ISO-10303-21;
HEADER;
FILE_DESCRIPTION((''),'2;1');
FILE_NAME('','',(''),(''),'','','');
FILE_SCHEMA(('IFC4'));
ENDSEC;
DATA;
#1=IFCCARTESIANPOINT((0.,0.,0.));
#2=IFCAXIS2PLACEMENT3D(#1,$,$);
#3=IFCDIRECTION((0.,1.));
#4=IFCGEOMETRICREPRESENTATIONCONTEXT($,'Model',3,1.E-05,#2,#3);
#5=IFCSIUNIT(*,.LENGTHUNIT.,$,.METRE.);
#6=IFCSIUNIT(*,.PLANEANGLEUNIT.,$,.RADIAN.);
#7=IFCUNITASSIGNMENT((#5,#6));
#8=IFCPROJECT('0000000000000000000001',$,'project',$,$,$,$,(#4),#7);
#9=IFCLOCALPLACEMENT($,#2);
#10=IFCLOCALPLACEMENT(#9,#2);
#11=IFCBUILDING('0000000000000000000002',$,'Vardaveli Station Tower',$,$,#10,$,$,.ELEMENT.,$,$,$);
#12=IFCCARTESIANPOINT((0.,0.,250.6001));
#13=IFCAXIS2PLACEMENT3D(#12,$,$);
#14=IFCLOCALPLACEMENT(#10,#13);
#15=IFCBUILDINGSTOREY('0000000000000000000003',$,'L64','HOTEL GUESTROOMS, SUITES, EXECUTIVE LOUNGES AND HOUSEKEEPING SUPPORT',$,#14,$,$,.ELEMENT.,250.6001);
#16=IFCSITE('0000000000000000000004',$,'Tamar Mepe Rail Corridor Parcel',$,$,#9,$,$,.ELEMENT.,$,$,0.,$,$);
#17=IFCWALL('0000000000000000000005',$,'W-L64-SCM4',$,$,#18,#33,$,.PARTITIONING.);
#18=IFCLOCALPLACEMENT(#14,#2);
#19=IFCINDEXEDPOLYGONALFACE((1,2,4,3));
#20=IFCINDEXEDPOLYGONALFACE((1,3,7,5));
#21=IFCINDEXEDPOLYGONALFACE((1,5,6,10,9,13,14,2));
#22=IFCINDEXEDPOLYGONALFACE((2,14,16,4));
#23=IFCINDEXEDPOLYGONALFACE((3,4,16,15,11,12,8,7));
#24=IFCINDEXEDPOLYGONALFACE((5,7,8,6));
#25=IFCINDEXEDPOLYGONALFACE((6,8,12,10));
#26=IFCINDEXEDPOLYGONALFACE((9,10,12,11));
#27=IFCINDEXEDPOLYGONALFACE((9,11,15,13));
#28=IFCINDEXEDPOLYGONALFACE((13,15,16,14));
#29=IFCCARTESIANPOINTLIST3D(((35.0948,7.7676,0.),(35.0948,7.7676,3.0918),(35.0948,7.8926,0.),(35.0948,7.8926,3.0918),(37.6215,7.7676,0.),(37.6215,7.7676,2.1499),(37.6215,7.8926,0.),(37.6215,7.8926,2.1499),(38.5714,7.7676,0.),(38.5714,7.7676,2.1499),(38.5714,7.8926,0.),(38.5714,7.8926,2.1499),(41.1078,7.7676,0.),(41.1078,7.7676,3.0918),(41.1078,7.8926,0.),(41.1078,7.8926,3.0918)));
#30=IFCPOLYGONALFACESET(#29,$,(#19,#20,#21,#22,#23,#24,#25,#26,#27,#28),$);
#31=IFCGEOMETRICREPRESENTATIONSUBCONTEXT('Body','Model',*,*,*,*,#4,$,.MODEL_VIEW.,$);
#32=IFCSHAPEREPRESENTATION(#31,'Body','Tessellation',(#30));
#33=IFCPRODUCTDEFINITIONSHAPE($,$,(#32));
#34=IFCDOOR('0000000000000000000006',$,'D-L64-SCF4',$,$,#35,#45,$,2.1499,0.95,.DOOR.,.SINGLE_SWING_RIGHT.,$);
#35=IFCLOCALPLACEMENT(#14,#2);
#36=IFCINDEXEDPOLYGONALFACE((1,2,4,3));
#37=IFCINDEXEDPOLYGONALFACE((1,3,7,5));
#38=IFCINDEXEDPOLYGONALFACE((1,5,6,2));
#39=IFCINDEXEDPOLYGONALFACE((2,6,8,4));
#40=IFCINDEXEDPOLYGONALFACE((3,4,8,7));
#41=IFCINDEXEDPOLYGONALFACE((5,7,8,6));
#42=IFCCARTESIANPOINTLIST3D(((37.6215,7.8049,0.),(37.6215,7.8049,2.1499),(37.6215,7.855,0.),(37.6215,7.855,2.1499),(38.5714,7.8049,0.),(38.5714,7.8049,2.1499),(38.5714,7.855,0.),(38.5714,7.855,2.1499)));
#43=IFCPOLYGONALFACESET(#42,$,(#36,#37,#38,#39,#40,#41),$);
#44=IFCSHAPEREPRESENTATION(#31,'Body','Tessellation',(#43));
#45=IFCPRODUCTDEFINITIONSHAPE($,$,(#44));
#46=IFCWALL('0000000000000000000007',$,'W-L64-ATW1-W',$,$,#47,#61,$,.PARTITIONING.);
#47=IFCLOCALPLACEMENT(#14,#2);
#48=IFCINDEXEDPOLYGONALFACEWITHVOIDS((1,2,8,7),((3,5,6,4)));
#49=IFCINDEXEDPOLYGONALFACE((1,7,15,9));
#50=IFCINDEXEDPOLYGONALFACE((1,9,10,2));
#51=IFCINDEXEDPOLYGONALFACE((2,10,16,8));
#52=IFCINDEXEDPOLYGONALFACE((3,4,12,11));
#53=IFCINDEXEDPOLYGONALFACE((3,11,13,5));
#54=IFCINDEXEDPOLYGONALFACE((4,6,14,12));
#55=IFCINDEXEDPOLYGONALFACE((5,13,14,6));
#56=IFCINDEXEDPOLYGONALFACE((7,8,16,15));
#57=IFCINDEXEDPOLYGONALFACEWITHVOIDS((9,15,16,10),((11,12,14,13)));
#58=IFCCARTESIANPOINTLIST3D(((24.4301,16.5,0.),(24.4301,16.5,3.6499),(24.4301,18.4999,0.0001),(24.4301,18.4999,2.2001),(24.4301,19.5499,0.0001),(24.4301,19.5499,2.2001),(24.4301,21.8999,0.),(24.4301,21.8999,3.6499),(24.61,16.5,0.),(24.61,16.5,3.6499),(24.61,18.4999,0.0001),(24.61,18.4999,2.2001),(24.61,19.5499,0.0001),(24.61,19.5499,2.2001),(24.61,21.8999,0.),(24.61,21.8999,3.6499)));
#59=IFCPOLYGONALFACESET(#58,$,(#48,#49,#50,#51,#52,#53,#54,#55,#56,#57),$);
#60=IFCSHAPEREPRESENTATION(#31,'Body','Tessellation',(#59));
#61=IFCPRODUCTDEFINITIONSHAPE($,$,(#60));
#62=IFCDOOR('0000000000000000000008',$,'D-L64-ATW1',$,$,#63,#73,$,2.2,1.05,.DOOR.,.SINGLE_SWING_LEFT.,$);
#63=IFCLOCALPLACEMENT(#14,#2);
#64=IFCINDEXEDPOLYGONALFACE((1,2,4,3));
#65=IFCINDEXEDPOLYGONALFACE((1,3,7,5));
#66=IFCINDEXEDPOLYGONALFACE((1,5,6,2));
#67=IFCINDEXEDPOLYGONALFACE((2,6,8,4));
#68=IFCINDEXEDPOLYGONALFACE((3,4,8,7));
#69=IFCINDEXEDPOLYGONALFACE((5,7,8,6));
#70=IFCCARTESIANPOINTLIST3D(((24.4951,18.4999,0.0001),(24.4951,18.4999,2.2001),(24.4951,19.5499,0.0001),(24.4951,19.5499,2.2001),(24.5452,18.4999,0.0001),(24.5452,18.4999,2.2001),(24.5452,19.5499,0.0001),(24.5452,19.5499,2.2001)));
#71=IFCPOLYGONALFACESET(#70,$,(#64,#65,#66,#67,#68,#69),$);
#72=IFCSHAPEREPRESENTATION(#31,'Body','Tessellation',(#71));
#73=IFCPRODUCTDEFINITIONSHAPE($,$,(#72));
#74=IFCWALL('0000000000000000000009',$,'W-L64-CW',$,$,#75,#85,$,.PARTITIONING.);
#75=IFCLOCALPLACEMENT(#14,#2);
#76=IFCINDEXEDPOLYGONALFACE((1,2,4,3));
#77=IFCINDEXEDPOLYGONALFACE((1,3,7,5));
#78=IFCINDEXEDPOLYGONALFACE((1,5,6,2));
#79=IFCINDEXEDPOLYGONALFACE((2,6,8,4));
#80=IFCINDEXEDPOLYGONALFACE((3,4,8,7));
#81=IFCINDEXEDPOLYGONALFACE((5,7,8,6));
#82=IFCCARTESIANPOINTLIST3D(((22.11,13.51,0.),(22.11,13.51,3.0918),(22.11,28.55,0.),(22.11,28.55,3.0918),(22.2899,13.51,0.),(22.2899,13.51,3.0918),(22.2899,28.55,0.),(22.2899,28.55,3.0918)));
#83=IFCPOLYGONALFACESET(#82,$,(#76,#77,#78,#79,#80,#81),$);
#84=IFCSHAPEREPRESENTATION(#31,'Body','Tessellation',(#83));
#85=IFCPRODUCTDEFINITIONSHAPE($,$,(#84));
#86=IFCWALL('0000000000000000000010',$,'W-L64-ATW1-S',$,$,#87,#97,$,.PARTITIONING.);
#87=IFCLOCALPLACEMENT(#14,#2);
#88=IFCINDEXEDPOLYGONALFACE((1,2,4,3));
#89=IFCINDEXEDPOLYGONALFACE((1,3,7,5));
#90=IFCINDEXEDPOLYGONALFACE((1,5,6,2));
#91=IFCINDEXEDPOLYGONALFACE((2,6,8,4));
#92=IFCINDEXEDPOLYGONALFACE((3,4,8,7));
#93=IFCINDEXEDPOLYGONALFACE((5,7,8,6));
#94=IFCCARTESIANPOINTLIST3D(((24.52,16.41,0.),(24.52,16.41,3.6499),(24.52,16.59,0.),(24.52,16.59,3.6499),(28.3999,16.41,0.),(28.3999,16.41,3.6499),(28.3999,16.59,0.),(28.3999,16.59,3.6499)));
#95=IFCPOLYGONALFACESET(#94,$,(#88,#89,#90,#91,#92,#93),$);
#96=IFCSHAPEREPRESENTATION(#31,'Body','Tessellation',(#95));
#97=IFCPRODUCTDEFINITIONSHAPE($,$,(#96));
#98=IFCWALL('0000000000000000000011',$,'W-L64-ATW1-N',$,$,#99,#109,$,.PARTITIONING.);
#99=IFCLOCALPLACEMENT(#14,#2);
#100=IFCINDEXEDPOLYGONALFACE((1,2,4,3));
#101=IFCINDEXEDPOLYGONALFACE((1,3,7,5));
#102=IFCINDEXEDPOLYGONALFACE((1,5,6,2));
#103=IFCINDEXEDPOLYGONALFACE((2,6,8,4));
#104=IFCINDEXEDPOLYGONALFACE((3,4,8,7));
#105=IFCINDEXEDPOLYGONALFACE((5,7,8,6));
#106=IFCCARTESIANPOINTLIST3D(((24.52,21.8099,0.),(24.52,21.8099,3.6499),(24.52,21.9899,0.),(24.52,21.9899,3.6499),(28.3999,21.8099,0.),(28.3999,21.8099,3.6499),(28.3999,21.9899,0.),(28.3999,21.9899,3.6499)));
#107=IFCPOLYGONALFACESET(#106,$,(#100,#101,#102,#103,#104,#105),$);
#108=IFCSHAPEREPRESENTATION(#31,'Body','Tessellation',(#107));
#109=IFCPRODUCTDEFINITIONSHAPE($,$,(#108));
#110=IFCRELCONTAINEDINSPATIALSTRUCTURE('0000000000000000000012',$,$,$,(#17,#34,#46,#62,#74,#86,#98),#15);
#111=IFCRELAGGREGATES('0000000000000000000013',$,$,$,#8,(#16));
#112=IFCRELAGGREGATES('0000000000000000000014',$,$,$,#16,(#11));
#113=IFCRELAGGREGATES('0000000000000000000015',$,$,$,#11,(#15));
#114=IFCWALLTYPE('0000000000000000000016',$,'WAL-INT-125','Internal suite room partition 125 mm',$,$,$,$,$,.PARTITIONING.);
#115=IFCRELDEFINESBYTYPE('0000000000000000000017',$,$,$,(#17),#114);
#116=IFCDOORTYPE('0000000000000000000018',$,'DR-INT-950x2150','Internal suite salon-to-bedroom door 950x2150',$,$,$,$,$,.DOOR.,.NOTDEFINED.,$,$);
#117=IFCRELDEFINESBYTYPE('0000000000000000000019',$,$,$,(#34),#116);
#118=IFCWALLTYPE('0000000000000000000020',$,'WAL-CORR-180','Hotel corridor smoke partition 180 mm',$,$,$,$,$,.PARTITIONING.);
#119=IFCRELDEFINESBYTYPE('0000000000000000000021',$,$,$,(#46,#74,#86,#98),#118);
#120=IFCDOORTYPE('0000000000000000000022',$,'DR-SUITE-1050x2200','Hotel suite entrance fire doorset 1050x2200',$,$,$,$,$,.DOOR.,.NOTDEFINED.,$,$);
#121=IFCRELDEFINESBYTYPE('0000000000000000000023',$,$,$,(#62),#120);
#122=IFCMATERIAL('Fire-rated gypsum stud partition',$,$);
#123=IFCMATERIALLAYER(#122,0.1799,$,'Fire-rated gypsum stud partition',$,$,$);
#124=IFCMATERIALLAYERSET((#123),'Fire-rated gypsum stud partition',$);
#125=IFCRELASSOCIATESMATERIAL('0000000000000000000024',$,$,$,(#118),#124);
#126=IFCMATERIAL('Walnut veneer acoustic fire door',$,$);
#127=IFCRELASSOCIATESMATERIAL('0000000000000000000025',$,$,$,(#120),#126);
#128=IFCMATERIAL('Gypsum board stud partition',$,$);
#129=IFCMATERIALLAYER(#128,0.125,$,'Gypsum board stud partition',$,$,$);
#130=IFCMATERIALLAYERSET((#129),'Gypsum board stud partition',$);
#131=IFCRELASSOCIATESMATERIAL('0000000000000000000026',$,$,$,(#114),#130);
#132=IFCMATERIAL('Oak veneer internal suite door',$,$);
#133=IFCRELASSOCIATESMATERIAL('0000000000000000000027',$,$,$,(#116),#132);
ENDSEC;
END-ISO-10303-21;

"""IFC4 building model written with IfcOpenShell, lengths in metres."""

from ifc_helpers import new_model, si_unit, direction, frame, frame_2d, origin, place, context, subcontext, project, spatial, rectangle, extrude, source, transform, mapped, material, layer, layer_set, type_object, element, fill, save


model = new_model("IFC4")

# Units and contexts
model_context = context("Model", 3, precision=1e-05, world=origin(), true_north=direction((0.0, 1.0)))
body_context = subcontext(model_context, "Body", "Model", "MODEL_VIEW")
ifc_project = project(units=[si_unit("LENGTHUNIT", "METRE"), si_unit("PLANEANGLEUNIT", "RADIAN")], contexts=[model_context])

# Site, building, storey
site_placement = place(None, origin())
site = spatial("IfcSite", under=ifc_project, at=site_placement, Name="Tamar Mepe Rail Corridor Parcel", CompositionType="ELEMENT", RefElevation=0.0)
building_placement = place(site_placement, origin())
building = spatial("IfcBuilding", under=site, at=building_placement, Name="Vardaveli Station Tower", CompositionType="ELEMENT")
storey_placement = place(building_placement, frame((0.0, 0.0, 250.6001)))
storey = spatial("IfcBuildingStorey", under=building, at=storey_placement, Name="L64", Description="HOTEL GUESTROOMS, SUITES, EXECUTIVE LOUNGES AND HOUSEKEEPING SUPPORT", CompositionType="ELEMENT", Elevation=250.6001)

# Shared definitions
ifc_material_1 = material(Name="Fire-rated gypsum stud partition")
ifc_layer_1 = layer(ifc_material_1, 0.1799, Name="Fire-rated gypsum stud partition")
ifc_layer_set_1 = layer_set([ifc_layer_1], Name="Fire-rated gypsum stud partition")
wall_type_1 = type_object("IfcWallType", Name="WAL-CORR-180", Description="Hotel corridor smoke partition 180 mm", PredefinedType="PARTITIONING", material=ifc_layer_set_1)
shared_shape_1 = source(origin(), body_context, "Body", "SweptSolid", [
    extrude(rectangle(XDim=1.05, YDim=2.2, at=frame_2d((0.5249, 1.1001))), frame((0.0, 0.1001, 0.0), z_axis=(0.0, -1.0, 0.0), x_axis=(1.0, 0.0, 0.0)), (0.0, 0.0, 1.0), 0.2),
])
ifc_material_2 = material(Name="Walnut veneer acoustic fire door")
door_type_1 = type_object("IfcDoorType", Name="DR-SUITE-1050x2200", Description="Hotel suite entrance fire doorset 1050x2200", OperationType="NOTDEFINED", PredefinedType="DOOR", material=ifc_material_2)
shared_shape_2 = source(origin(), body_context, "Body", "SweptSolid", [
    extrude(rectangle(XDim=1.05, YDim=2.2, at=frame_2d((0.5249, 1.1001))), frame((0.0, 0.0249, 0.0), z_axis=(0.0, -1.0, 0.0), x_axis=(1.0, 0.0, 0.0)), (0.0, 0.0, 1.0), 0.05),
])

# Walls, openings, doors
ifc_material_3 = material(Name="Gypsum board stud partition")
ifc_layer_2 = layer(ifc_material_3, 0.125, Name="Gypsum board stud partition")
ifc_layer_set_2 = layer_set([ifc_layer_2], Name="Gypsum board stud partition")
wall_type_2 = type_object("IfcWallType", Name="WAL-INT-125", Description="Internal suite room partition 125 mm", PredefinedType="PARTITIONING", material=ifc_layer_set_2)
shared_shape_3 = source(origin(), body_context, "Body", "SweptSolid", [
    extrude(rectangle(XDim=6.0129, YDim=0.125, at=frame_2d((3.0063, 0.0))), origin(), (0.0, 0.0, 1.0), 3.0918),
])
wall_1_placement = place(storey_placement, frame((35.095, 7.8301, 0.0), z_axis=(0.0, 0.0, 1.0), x_axis=(1.0, 0.0, 0.0)))
wall_1 = element("IfcWall", 1, at=wall_1_placement, inside=storey, type_object=wall_type_2, Name="W-L64-SCM4", PredefinedType="PARTITIONING", context=body_context, shape_type="MappedRepresentation", body=[
    mapped(shared_shape_3, transform((0.0, 0.0, 0.0), scale=1.0)),
])
shared_shape_4 = source(origin(), body_context, "Body", "SweptSolid", [
    extrude(rectangle(XDim=0.95, YDim=2.1499, at=frame_2d((0.4751, 1.075))), frame((0.0, 0.0725, 0.0), z_axis=(0.0, -1.0, 0.0), x_axis=(1.0, 0.0, 0.0)), (0.0, 0.0, 1.0), 0.145),
])
opening_1_placement = place(wall_1_placement, frame((2.5264, 0.0, 0.0)))
opening_1 = element("IfcOpeningElement", 2, at=opening_1_placement, cuts=wall_1, PredefinedType="OPENING", context=body_context, shape_type="MappedRepresentation", body=[
    mapped(shared_shape_4, transform((0.0, 0.0, 0.0), scale=1.0)),
])
ifc_material_4 = material(Name="Oak veneer internal suite door")
door_type_2 = type_object("IfcDoorType", Name="DR-INT-950x2150", Description="Internal suite salon-to-bedroom door 950x2150", OperationType="NOTDEFINED", PredefinedType="DOOR", material=ifc_material_4)
shared_shape_5 = source(origin(), body_context, "Body", "SweptSolid", [
    extrude(rectangle(XDim=0.95, YDim=2.1499, at=frame_2d((0.4751, 1.075))), frame((0.0, 0.0249, 0.0), z_axis=(0.0, -1.0, 0.0), x_axis=(1.0, 0.0, 0.0)), (0.0, 0.0, 1.0), 0.05),
])
door_1_placement = place(opening_1_placement, origin())
door_1 = element("IfcDoor", 3, at=door_1_placement, inside=storey, type_object=door_type_2, Name="D-L64-SCF4", OperationType="SINGLE_SWING_RIGHT", OverallHeight=2.1499, OverallWidth=0.95, PredefinedType="DOOR", context=body_context, shape_type="MappedRepresentation", body=[
    mapped(shared_shape_5, transform((0.0, 0.0, 0.0), scale=1.0)),
])
fill(opening_1, door_1)
shared_shape_6 = source(origin(), body_context, "Body", "SweptSolid", [
    extrude(rectangle(XDim=5.3999, YDim=0.1799, at=frame_2d((2.7, 0.0))), origin(), (0.0, 0.0, 1.0), 3.6499),
])
wall_2_placement = place(storey_placement, frame((24.52, 16.5, 0.0), z_axis=(0.0, 0.0, 1.0), x_axis=(0.0, 1.0, 0.0)))
wall_2 = element("IfcWall", 4, at=wall_2_placement, inside=storey, type_object=wall_type_1, Name="W-L64-ATW1-W", PredefinedType="PARTITIONING", context=body_context, shape_type="MappedRepresentation", body=[
    mapped(shared_shape_6, transform((0.0, 0.0, 0.0), scale=1.0)),
])
opening_2_placement = place(wall_2_placement, frame((2.0, 0.0, 0.0)))
opening_2 = element("IfcOpeningElement", 5, at=opening_2_placement, cuts=wall_2, PredefinedType="OPENING", context=body_context, shape_type="MappedRepresentation", body=[
    mapped(shared_shape_1, transform((0.0, 0.0, 0.0), scale=1.0)),
])
door_2_placement = place(opening_2_placement, origin())
door_2 = element("IfcDoor", 6, at=door_2_placement, inside=storey, type_object=door_type_1, Name="D-L64-ATW1", OperationType="SINGLE_SWING_LEFT", OverallHeight=2.2, OverallWidth=1.05, PredefinedType="DOOR", context=body_context, shape_type="MappedRepresentation", body=[
    mapped(shared_shape_2, transform((0.0, 0.0, 0.0), scale=1.0)),
])
fill(opening_2, door_2)

# Walls
shared_shape_7 = source(origin(), body_context, "Body", "SweptSolid", [
    extrude(rectangle(XDim=15.04, YDim=0.1799, at=frame_2d((7.52, 0.0))), origin(), (0.0, 0.0, 1.0), 3.0918),
])
wall_3_placement = place(storey_placement, frame((22.2, 13.51, 0.0), z_axis=(0.0, 0.0, 1.0), x_axis=(0.0, 1.0, 0.0)))
element("IfcWall", 7, at=wall_3_placement, inside=storey, type_object=wall_type_1, Name="W-L64-CW", PredefinedType="PARTITIONING", context=body_context, shape_type="MappedRepresentation", body=[
    mapped(shared_shape_7, transform((0.0, 0.0, 0.0), scale=1.0)),
])
shared_shape_8 = source(origin(), body_context, "Body", "SweptSolid", [
    extrude(rectangle(XDim=3.8799, YDim=0.1799, at=frame_2d((1.9399, 0.0))), origin(), (0.0, 0.0, 1.0), 3.6499),
])
for number, where, z_axis, x_axis, name in (
    (8, (24.52, 16.5, 0.0), (0.0, 0.0, 1.0), (1.0, 0.0, 0.0), "W-L64-ATW1-S"),
    (9, (24.52, 21.8999, 0.0), (0.0, 0.0, 1.0), (1.0, 0.0, 0.0), "W-L64-ATW1-N"),
):
    element("IfcWall", number, at=place(storey_placement, frame(where, z_axis=z_axis, x_axis=x_axis)), inside=storey, type_object=wall_type_1, Name=name, PredefinedType="PARTITIONING", context=body_context, shape_type="MappedRepresentation", body=[
        mapped(shared_shape_8, transform((0.0, 0.0, 0.0), scale=1.0)),
    ])

save(model, "model.ifc")
